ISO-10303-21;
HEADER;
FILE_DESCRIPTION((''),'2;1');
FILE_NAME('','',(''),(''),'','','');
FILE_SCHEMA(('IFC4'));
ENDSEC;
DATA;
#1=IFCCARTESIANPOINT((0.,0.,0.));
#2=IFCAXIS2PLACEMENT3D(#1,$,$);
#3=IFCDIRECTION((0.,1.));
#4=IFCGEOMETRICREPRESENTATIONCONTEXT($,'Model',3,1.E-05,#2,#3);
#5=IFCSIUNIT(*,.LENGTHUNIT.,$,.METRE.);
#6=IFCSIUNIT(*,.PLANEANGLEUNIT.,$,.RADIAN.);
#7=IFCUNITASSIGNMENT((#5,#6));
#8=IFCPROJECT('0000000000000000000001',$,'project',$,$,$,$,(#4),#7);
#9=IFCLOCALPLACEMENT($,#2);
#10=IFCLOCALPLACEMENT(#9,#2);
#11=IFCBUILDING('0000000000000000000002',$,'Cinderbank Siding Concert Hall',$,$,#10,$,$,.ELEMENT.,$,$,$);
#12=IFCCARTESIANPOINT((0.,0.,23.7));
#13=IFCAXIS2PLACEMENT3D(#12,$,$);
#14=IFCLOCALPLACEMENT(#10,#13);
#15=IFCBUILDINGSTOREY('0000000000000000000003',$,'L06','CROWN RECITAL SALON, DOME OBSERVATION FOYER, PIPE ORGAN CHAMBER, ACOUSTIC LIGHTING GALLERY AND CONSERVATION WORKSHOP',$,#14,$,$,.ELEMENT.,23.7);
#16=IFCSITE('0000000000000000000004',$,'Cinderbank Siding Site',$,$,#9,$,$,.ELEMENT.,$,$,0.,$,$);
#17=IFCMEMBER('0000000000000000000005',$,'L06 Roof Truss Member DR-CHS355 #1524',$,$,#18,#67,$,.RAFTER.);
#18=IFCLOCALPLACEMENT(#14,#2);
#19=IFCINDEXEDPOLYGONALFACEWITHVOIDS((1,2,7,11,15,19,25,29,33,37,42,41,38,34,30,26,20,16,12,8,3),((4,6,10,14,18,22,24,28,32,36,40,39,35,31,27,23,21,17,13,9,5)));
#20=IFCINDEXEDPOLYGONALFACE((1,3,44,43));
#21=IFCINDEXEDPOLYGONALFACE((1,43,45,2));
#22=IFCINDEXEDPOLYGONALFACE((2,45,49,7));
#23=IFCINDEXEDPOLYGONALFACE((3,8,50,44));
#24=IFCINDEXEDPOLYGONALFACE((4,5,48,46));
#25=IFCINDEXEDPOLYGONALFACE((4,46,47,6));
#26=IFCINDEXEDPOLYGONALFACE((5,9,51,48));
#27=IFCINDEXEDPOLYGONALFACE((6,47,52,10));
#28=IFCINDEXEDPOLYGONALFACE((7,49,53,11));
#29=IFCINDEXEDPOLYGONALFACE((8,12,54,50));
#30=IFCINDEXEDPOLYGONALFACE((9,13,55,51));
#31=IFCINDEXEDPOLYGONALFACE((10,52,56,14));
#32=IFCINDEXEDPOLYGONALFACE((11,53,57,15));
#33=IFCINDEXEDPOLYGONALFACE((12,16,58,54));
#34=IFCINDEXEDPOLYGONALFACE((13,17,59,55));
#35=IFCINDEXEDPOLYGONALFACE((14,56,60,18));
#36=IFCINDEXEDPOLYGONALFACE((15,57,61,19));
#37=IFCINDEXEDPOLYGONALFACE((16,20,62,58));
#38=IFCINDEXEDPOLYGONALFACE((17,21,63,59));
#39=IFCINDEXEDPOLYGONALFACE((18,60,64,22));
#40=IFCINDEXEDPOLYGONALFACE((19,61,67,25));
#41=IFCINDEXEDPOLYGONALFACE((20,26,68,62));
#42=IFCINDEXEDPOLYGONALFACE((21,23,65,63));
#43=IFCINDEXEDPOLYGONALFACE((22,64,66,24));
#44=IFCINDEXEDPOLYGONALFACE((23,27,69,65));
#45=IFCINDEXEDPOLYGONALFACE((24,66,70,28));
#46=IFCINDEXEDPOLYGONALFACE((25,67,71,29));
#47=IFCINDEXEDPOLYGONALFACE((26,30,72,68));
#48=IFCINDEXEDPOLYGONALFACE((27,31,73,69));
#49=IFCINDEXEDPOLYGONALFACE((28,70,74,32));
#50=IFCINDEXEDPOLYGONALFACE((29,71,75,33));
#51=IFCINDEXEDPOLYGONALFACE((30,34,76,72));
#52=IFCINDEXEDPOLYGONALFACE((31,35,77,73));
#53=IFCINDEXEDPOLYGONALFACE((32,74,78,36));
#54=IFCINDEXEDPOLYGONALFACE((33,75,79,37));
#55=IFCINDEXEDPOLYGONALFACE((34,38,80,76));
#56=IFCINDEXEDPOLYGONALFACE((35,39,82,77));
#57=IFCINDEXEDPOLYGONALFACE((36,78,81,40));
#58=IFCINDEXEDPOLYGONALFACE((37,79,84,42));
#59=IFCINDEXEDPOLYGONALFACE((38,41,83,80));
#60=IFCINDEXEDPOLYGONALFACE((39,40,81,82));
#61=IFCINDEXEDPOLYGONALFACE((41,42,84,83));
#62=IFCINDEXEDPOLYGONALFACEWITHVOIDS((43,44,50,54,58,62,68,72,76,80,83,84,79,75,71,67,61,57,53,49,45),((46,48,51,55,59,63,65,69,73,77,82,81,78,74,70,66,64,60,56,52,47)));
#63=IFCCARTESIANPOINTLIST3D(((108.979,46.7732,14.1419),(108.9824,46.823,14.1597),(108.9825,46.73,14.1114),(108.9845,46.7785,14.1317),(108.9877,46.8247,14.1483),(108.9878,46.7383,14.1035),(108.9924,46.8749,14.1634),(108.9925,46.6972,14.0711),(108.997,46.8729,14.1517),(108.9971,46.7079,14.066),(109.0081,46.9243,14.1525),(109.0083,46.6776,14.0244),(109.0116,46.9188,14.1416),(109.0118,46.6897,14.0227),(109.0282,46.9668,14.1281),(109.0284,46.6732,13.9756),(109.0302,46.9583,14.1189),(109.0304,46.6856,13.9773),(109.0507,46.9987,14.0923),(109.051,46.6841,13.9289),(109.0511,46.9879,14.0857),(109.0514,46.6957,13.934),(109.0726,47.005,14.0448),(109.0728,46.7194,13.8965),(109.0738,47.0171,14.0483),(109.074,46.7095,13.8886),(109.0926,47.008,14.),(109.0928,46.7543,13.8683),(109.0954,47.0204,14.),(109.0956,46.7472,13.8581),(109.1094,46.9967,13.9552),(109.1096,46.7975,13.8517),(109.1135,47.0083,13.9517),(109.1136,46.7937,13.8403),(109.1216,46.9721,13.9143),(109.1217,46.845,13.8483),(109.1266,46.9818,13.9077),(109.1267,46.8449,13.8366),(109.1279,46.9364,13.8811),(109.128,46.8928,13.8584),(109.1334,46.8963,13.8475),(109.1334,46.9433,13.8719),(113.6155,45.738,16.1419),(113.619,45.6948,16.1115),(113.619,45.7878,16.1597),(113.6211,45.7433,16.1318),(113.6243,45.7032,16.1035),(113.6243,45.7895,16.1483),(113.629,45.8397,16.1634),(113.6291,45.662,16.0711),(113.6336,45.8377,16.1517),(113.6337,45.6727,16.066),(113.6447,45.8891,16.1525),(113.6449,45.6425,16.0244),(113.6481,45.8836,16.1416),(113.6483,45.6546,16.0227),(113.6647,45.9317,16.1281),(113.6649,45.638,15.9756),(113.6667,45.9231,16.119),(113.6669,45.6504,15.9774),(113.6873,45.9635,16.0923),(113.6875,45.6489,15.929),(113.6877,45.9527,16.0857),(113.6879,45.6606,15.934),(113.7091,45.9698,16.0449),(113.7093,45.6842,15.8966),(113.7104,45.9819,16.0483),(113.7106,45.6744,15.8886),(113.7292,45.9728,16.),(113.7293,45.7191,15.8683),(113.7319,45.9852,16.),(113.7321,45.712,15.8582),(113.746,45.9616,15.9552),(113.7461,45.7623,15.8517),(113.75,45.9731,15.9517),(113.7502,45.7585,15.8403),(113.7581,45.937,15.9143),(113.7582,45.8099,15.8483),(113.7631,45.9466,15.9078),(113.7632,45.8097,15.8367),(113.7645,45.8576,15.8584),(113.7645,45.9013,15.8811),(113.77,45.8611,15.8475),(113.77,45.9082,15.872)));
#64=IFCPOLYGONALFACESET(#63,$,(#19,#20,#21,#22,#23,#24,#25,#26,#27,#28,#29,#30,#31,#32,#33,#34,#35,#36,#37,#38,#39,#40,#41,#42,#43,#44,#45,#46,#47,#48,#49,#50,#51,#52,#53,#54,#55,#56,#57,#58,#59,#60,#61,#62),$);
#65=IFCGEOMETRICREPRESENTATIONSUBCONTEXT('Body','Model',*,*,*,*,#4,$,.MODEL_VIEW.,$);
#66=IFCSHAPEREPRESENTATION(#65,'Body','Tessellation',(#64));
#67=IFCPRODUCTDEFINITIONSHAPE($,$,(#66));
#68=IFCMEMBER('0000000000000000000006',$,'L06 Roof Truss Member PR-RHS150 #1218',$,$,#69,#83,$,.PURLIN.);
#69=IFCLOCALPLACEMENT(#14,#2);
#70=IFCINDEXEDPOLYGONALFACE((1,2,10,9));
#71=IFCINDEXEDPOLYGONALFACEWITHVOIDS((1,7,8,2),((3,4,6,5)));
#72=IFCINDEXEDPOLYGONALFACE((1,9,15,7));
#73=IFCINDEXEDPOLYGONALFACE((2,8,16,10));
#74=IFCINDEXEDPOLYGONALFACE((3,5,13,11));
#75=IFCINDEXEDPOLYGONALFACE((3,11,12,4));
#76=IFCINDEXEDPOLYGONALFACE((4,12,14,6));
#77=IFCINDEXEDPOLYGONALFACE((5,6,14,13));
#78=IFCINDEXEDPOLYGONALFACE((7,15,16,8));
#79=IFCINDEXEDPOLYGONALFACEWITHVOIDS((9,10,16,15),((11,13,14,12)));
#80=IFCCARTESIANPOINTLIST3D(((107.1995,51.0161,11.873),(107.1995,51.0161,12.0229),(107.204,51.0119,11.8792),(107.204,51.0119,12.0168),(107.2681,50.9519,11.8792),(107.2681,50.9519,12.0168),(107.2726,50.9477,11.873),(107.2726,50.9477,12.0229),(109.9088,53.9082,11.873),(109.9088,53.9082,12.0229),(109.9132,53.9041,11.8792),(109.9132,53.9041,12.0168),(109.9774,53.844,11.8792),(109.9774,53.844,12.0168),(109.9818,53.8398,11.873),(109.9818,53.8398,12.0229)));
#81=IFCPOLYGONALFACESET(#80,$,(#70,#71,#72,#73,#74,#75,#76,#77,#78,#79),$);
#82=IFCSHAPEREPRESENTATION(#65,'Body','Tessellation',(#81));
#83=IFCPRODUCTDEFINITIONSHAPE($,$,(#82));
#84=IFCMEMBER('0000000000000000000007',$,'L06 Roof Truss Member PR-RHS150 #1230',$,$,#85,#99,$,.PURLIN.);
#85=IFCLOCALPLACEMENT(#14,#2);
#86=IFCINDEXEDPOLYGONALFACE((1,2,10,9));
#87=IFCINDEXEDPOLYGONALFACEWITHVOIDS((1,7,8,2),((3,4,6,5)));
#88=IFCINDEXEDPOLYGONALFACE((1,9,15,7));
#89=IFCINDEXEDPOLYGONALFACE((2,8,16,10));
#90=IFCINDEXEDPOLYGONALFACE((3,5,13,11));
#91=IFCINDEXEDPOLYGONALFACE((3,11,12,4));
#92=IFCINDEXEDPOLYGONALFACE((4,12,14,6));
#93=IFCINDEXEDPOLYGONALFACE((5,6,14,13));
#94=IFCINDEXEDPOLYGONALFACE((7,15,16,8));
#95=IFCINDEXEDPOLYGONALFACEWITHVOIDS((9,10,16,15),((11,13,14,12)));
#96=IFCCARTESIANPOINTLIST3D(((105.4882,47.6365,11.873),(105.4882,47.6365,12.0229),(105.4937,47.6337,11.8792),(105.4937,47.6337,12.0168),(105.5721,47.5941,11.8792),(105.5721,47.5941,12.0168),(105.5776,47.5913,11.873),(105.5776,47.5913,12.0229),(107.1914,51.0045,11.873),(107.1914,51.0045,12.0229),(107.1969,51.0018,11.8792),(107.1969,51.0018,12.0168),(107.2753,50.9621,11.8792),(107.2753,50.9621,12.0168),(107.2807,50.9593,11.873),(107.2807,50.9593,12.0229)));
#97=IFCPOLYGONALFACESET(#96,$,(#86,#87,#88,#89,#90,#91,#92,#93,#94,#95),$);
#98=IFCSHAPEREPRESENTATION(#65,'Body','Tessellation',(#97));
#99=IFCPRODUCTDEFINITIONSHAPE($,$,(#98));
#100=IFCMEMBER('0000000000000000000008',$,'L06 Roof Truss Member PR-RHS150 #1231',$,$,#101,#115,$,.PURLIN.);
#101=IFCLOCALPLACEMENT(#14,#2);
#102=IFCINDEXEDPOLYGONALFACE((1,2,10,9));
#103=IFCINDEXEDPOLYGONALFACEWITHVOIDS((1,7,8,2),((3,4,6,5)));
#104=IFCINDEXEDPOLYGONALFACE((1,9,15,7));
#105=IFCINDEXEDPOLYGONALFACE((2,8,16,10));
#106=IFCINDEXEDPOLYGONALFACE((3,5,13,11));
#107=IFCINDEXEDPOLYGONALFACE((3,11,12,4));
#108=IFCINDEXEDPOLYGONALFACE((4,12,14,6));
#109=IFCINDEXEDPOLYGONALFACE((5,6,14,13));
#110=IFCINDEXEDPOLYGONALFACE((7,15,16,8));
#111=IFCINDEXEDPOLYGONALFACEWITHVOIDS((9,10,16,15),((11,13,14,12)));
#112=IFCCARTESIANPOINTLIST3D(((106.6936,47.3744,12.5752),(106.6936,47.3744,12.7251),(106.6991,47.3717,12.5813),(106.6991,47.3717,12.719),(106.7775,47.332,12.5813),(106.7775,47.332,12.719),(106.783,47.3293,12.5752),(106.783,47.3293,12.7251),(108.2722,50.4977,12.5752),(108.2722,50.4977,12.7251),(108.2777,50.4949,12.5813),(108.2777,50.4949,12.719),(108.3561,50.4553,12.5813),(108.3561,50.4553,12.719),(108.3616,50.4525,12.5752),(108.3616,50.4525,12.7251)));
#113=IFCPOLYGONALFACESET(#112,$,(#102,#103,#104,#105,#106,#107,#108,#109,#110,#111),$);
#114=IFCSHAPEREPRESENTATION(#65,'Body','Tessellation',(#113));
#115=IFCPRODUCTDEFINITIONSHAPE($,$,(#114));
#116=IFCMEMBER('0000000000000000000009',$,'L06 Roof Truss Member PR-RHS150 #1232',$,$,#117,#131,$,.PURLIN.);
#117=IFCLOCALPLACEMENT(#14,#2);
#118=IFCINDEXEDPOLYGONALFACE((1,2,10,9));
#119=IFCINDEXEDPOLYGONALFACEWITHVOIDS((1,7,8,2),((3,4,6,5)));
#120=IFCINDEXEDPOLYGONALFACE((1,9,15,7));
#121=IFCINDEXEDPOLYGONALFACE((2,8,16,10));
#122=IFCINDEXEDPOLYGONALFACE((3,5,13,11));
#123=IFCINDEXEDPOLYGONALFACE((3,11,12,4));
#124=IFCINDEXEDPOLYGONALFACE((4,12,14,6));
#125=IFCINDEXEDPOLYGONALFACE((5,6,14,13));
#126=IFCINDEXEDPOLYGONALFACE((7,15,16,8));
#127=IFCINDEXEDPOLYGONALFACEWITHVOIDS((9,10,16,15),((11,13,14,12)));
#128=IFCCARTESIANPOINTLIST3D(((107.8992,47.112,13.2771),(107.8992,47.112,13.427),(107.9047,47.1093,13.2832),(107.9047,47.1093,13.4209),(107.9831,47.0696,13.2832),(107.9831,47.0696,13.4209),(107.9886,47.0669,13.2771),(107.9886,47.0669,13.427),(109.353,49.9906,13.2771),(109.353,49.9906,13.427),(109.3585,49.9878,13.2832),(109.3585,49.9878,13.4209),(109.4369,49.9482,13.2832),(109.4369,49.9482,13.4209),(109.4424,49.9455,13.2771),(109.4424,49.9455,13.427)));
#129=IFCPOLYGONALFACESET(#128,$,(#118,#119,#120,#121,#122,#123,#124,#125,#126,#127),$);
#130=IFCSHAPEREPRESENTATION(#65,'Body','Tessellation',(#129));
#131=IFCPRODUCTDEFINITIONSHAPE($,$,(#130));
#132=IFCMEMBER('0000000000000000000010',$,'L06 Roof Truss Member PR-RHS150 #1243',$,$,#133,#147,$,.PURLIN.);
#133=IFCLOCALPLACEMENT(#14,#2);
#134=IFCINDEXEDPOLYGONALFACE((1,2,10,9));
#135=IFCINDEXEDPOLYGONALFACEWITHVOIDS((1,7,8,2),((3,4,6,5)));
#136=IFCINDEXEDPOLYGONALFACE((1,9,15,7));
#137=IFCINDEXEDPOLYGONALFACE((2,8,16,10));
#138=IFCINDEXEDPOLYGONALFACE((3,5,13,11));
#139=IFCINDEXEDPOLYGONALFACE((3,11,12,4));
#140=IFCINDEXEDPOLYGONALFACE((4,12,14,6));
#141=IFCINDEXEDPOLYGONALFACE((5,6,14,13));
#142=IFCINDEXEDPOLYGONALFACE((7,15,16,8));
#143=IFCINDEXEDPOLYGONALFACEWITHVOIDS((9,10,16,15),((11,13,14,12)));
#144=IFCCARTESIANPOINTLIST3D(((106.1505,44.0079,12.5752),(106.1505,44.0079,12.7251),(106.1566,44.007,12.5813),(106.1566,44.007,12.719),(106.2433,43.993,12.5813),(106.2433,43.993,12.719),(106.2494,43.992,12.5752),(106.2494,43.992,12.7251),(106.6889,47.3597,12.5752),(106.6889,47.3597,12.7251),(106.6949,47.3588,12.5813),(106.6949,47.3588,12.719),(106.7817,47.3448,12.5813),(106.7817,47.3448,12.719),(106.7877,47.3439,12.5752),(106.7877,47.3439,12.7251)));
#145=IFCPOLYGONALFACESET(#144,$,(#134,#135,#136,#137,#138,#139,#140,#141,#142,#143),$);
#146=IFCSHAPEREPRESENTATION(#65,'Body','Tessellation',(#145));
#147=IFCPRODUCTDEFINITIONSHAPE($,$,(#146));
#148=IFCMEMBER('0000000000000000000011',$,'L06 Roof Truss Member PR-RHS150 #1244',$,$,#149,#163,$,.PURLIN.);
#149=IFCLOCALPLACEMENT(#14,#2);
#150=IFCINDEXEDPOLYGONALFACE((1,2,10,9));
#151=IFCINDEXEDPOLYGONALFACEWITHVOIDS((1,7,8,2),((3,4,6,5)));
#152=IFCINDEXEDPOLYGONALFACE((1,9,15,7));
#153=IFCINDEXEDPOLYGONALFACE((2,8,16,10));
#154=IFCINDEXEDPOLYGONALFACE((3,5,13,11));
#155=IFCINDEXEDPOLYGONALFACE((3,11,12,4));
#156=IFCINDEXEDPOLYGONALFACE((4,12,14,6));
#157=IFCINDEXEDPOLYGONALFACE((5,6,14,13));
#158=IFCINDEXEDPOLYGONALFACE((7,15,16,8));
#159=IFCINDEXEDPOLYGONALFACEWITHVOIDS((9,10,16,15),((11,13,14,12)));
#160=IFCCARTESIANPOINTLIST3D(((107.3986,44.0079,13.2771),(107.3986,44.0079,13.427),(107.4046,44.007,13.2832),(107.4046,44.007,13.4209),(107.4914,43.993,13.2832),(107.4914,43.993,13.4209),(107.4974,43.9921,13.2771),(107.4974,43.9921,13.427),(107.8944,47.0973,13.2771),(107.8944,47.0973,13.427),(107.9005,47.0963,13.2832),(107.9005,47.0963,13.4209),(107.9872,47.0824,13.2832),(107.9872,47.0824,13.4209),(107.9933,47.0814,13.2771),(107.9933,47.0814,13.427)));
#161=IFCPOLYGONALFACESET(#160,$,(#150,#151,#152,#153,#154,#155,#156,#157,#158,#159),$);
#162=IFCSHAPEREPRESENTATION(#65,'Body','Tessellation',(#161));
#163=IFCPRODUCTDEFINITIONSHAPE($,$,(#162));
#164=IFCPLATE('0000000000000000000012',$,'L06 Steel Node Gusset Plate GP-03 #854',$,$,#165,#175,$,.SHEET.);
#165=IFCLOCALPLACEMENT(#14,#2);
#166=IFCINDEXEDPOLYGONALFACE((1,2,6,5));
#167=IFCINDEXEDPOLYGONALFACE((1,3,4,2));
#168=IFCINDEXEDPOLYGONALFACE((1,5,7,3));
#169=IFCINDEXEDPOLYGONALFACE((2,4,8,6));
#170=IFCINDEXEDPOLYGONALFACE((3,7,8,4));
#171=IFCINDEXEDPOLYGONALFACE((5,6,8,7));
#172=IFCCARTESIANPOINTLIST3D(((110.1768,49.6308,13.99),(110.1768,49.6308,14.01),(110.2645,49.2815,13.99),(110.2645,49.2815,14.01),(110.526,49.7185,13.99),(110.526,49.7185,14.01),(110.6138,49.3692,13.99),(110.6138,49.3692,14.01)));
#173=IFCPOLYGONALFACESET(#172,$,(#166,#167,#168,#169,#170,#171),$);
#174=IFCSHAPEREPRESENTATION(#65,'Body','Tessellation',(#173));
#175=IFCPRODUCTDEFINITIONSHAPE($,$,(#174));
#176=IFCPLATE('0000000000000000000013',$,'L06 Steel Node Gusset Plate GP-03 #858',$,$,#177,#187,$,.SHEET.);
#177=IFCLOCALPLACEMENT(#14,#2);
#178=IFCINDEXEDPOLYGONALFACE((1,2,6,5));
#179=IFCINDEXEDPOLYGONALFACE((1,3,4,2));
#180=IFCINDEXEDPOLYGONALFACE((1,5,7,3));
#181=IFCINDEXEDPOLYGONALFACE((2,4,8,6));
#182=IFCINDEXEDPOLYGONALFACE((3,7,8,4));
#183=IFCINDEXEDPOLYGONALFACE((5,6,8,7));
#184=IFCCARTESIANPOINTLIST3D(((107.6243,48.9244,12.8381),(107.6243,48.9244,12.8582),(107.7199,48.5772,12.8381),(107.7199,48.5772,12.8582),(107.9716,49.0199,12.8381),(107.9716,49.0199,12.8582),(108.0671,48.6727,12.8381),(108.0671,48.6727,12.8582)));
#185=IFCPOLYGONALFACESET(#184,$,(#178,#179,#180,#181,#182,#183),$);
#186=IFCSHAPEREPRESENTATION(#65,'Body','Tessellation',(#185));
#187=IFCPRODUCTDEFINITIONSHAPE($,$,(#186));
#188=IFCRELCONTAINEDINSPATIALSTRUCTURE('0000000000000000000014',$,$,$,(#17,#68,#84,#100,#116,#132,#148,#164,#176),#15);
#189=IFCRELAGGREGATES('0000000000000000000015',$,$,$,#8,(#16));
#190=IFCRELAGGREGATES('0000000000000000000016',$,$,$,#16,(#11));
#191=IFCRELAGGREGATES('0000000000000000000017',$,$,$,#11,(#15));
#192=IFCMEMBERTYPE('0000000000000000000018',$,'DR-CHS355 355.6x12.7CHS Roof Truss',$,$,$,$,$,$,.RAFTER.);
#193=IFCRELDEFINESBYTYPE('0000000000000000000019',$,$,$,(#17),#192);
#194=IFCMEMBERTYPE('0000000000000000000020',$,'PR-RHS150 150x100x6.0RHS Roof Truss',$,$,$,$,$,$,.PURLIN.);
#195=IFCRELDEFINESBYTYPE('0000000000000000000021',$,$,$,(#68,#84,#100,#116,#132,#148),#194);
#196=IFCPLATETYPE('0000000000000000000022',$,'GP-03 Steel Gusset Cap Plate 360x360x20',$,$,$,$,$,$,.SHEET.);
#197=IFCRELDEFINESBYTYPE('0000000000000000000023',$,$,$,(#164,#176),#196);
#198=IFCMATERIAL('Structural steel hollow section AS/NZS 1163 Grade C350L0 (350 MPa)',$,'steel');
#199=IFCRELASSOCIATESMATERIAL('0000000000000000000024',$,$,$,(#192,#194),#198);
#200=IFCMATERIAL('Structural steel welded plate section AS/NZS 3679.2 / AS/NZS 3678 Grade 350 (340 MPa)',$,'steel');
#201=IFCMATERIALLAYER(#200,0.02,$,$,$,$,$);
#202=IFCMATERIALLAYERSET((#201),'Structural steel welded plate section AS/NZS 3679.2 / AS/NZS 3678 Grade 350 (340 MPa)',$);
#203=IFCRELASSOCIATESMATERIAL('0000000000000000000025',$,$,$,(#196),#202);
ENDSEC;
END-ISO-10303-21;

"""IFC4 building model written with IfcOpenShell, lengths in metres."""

from ifc_helpers import new_model, si_unit, direction, frame, origin, origin_2d, place, context, subcontext, project, spatial, rectangle, hollow_rectangle, hollow_circle, extrude, material, layer, layer_set, material_profile, profile_set, type_object, element, save


model = new_model("IFC4")

# Units and contexts
model_context = context("Model", 3, precision=1e-05, world=origin(), true_north=direction((0.0, 1.0)))
body_context = subcontext(model_context, "Body", "Model", "MODEL_VIEW")
ifc_project = project(units=[si_unit("LENGTHUNIT", "METRE"), si_unit("PLANEANGLEUNIT", "RADIAN")], contexts=[model_context])

# Site, building, storey
site_placement = place(None, origin())
site = spatial("IfcSite", under=ifc_project, at=site_placement, Name="Cinderbank Siding Site", CompositionType="ELEMENT", RefElevation=0.0)
building_placement = place(site_placement, origin())
building = spatial("IfcBuilding", under=site, at=building_placement, Name="Cinderbank Siding Concert Hall", CompositionType="ELEMENT")
storey_placement = place(building_placement, frame((0.0, 0.0, 23.7)))
storey = spatial("IfcBuildingStorey", under=building, at=storey_placement, Name="L06", Description="CROWN RECITAL SALON, DOME OBSERVATION FOYER, PIPE ORGAN CHAMBER, ACOUSTIC LIGHTING GALLERY AND CONSERVATION WORKSHOP", CompositionType="ELEMENT", Elevation=23.7)

# Members
ifc_material_1 = material(Name="Structural steel hollow section AS/NZS 1163 Grade C350L0 (350 MPa)", Category="steel")
ifc_material_profile_1 = material_profile(ifc_material_1, hollow_circle(Radius=0.1777, WallThickness=0.0127, at=origin_2d()), Name="355.6x12.7CHS", Category="LoadBearing")
ifc_profile_set_1 = profile_set([ifc_material_profile_1], Name="Structural steel hollow section AS/NZS 1163 Grade C350L0 (350 MPa)")
member_type_1 = type_object("IfcMemberType", Name="DR-CHS355 355.6x12.7CHS Roof Truss", PredefinedType="RAFTER", material=ifc_profile_set_1)
member_1_placement = place(storey_placement, frame((109.0566, 46.8469, 14.0), z_axis=(0.899508, -0.200827, 0.388014), x_axis=(0.217899, 0.975971, 0.0)))
element("IfcMember", 1, at=member_1_placement, inside=storey, type_object=member_type_1, Name="L06 Roof Truss Member DR-CHS355 #1524", PredefinedType="RAFTER", context=body_context, shape_type="SweptSolid", body=[
    extrude(hollow_circle(Radius=0.1777, WallThickness=0.0127, at=origin_2d()), origin(), (0.0, 0.0, 1.0), 5.1545),
])
ifc_material_profile_2 = material_profile(ifc_material_1, hollow_rectangle(XDim=0.1001, YDim=0.1499, WallThickness=0.0061, at=origin_2d()), Name="150x100x6.0RHS", Category="LoadBearing")
ifc_profile_set_2 = profile_set([ifc_material_profile_2], Name="Structural steel hollow section AS/NZS 1163 Grade C350L0 (350 MPa)")
member_type_2 = type_object("IfcMemberType", Name="PR-RHS150 150x100x6.0RHS Roof Truss", PredefinedType="PURLIN", material=ifc_profile_set_2)
member_2_placement = place(storey_placement, frame((109.9453, 53.874, 11.948), z_axis=(-0.683658, -0.729802, 0.0), x_axis=(0.729802, -0.683658, 0.0)))
element("IfcMember", 2, at=member_2_placement, inside=storey, type_object=member_type_2, Name="L06 Roof Truss Member PR-RHS150 #1218", PredefinedType="PURLIN", context=body_context, shape_type="SweptSolid", body=[
    extrude(hollow_rectangle(XDim=0.1001, YDim=0.1499, WallThickness=0.0061, at=origin_2d()), origin(), (0.0, 0.0, 1.0), 3.9629),
])
member_3_placement = place(storey_placement, frame((107.2361, 50.9819, 11.948), z_axis=(-0.451271, -0.892387, 0.0), x_axis=(0.892387, -0.451271, 0.0)))
element("IfcMember", 3, at=member_3_placement, inside=storey, type_object=member_type_2, Name="L06 Roof Truss Member PR-RHS150 #1230", PredefinedType="PURLIN", context=body_context, shape_type="SweptSolid", body=[
    extrude(hollow_rectangle(XDim=0.1001, YDim=0.1499, WallThickness=0.0061, at=origin_2d()), origin(), (0.0, 0.0, 1.0), 3.7742),
])
member_4_placement = place(storey_placement, frame((108.3169, 50.4751, 12.6501), z_axis=(-0.451088, -0.892479, 0.0), x_axis=(0.892479, -0.451088, 0.0)))
element("IfcMember", 4, at=member_4_placement, inside=storey, type_object=member_type_2, Name="L06 Roof Truss Member PR-RHS150 #1231", PredefinedType="PURLIN", context=body_context, shape_type="SweptSolid", body=[
    extrude(hollow_rectangle(XDim=0.1001, YDim=0.1499, WallThickness=0.0061, at=origin_2d()), origin(), (0.0, 0.0, 1.0), 3.4995),
])
member_5_placement = place(storey_placement, frame((109.3977, 49.968, 13.3521), z_axis=(-0.450813, -0.892618, 0.0), x_axis=(0.892618, -0.450813, 0.0)))
element("IfcMember", 5, at=member_5_placement, inside=storey, type_object=member_type_2, Name="L06 Roof Truss Member PR-RHS150 #1232", PredefinedType="PURLIN", context=body_context, shape_type="SweptSolid", body=[
    extrude(hollow_rectangle(XDim=0.1001, YDim=0.1499, WallThickness=0.0061, at=origin_2d()), origin(), (0.0, 0.0, 1.0), 3.2249),
])
member_6_placement = place(storey_placement, frame((106.7383, 47.3518, 12.6501), z_axis=(-0.158577, -0.987347, 0.0), x_axis=(0.987347, -0.158577, 0.0)))
element("IfcMember", 6, at=member_6_placement, inside=storey, type_object=member_type_2, Name="L06 Roof Truss Member PR-RHS150 #1243", PredefinedType="PURLIN", context=body_context, shape_type="SweptSolid", body=[
    extrude(hollow_rectangle(XDim=0.1001, YDim=0.1499, WallThickness=0.0061, at=origin_2d()), origin(), (0.0, 0.0, 1.0), 3.3948),
])
member_7_placement = place(storey_placement, frame((107.9438, 47.0894, 13.3521), z_axis=(-0.158474, -0.987363, 0.0), x_axis=(0.987363, -0.158474, 0.0)))
element("IfcMember", 7, at=member_7_placement, inside=storey, type_object=member_type_2, Name="L06 Roof Truss Member PR-RHS150 #1244", PredefinedType="PURLIN", context=body_context, shape_type="SweptSolid", body=[
    extrude(hollow_rectangle(XDim=0.1001, YDim=0.1499, WallThickness=0.0061, at=origin_2d()), origin(), (0.0, 0.0, 1.0), 3.1289),
])

# Plates
ifc_material_2 = material(Name="Structural steel welded plate section AS/NZS 3679.2 / AS/NZS 3678 Grade 350 (340 MPa)", Category="steel")
ifc_layer_1 = layer(ifc_material_2, 0.02)
ifc_layer_set_1 = layer_set([ifc_layer_1], Name="Structural steel welded plate section AS/NZS 3679.2 / AS/NZS 3678 Grade 350 (340 MPa)")
plate_type_1 = type_object("IfcPlateType", Name="GP-03 Steel Gusset Cap Plate 360x360x20", PredefinedType="SHEET", material=ifc_layer_set_1)
for number, where, z_axis, x_axis, name in (
    (8, (110.3953, 49.5, 13.99), (0.0, 0.0, 1.0), (0.243615, -0.969872, 0.0), "L06 Steel Node Gusset Plate GP-03 #854"),
    (9, (107.8457, 48.7986, 12.8381), (0.0, 0.0, 1.0), (0.964188, 0.26522, 0.0), "L06 Steel Node Gusset Plate GP-03 #858"),
):
    element("IfcPlate", number, at=place(storey_placement, frame(where, z_axis=z_axis, x_axis=x_axis)), inside=storey, type_object=plate_type_1, Name=name, PredefinedType="SHEET", context=body_context, shape_type="SweptSolid", body=[
        extrude(rectangle(XDim=0.3601, YDim=0.3601, at=origin_2d()), origin(), (0.0, 0.0, 1.0), 0.02),
    ])

save(model, "model.ifc")
